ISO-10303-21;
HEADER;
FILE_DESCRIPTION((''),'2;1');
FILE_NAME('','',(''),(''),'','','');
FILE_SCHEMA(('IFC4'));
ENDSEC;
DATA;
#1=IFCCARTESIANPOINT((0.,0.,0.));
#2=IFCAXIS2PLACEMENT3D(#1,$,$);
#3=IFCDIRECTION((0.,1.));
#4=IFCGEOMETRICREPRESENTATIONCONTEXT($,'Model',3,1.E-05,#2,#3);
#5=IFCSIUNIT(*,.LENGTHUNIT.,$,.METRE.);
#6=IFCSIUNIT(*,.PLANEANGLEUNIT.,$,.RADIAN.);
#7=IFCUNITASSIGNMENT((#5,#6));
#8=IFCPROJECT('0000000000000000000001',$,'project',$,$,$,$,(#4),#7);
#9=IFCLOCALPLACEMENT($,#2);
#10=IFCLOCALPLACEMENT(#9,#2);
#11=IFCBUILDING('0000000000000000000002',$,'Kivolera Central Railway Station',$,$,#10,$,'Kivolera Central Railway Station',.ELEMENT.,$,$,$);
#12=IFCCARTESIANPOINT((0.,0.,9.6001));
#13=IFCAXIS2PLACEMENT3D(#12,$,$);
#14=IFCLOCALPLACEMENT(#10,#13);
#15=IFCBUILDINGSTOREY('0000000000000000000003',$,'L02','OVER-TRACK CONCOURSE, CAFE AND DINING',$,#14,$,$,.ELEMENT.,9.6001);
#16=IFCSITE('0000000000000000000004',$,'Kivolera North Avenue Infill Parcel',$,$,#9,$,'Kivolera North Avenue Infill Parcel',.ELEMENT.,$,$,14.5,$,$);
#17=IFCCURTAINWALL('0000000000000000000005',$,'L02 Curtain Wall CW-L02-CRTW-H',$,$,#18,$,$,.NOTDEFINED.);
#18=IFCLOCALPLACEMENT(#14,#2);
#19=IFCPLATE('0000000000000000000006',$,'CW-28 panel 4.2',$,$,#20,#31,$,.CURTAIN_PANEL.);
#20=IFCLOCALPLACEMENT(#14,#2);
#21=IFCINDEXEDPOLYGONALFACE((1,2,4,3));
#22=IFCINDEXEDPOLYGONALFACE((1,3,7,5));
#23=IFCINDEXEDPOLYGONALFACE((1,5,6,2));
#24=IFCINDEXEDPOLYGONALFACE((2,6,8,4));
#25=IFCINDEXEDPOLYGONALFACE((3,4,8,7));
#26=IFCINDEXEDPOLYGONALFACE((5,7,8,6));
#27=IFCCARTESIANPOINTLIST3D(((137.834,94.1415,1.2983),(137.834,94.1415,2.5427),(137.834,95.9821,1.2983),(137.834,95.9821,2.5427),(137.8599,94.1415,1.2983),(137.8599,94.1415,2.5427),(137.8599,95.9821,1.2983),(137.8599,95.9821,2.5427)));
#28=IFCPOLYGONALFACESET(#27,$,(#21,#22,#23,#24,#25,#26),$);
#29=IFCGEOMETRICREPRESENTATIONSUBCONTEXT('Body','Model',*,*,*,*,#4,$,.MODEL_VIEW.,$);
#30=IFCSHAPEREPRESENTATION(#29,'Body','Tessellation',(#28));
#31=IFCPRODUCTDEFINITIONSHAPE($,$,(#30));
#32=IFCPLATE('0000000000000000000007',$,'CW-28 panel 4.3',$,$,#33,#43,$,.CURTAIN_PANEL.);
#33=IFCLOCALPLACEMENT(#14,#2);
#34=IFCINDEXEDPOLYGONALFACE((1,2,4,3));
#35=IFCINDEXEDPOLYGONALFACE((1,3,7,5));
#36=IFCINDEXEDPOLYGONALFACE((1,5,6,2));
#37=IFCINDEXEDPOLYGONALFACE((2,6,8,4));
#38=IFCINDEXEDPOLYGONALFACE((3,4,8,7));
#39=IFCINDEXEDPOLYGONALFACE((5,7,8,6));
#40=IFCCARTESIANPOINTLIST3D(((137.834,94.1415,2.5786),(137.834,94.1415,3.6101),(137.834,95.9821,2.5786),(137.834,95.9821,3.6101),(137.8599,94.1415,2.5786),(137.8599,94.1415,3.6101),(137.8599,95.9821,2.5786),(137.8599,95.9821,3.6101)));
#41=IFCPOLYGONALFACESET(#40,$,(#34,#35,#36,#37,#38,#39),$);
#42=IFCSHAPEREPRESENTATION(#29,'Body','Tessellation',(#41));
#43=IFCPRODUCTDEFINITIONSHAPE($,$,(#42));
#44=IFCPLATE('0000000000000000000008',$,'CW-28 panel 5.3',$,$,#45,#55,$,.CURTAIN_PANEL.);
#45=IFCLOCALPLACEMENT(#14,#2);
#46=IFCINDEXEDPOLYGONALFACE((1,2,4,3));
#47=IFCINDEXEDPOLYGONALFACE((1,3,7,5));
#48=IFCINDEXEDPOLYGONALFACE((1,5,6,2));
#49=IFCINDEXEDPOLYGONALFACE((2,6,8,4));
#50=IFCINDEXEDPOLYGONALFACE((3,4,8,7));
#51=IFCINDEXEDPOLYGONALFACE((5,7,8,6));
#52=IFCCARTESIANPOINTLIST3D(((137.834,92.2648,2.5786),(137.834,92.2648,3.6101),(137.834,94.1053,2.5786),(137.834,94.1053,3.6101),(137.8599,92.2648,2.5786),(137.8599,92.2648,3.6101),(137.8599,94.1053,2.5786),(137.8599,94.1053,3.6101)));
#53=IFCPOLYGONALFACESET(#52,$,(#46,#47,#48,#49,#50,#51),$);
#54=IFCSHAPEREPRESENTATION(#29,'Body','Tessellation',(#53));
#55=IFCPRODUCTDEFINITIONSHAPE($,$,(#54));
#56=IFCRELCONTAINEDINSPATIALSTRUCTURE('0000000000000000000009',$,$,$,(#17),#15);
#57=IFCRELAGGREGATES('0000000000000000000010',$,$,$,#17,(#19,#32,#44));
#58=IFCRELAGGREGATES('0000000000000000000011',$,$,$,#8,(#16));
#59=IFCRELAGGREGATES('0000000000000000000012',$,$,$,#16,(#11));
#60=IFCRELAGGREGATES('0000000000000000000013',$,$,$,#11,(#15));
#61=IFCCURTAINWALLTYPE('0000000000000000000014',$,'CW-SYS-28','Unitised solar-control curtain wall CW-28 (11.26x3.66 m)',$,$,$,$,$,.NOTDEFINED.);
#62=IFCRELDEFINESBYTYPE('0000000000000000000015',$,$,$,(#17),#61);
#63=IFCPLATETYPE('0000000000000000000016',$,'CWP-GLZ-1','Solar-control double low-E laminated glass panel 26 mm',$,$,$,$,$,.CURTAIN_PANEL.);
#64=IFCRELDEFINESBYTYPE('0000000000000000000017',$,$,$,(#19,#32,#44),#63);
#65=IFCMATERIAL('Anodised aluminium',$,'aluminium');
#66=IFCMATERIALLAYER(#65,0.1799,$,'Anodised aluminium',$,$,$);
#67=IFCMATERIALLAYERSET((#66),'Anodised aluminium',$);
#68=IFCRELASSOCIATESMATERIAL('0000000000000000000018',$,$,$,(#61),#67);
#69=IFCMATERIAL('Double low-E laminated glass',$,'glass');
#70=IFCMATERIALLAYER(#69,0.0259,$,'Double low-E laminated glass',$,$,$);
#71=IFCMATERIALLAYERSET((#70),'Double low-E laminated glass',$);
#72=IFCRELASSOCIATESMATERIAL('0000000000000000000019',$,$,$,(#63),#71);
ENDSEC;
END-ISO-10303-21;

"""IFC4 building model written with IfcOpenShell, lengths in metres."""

from ifc_helpers import new_model, si_unit, direction, frame, origin, origin_2d, place, context, subcontext, project, spatial, rectangle, extrude, material, layer, layer_set, type_object, element, aggregate, save


model = new_model("IFC4")

# Units and contexts
model_context = context("Model", 3, precision=1e-05, world=origin(), true_north=direction((0.0, 1.0)))
body_context = subcontext(model_context, "Body", "Model", "MODEL_VIEW")
ifc_project = project(units=[si_unit("LENGTHUNIT", "METRE"), si_unit("PLANEANGLEUNIT", "RADIAN")], contexts=[model_context])

# Site, building, storey
site_placement = place(None, origin())
site = spatial("IfcSite", under=ifc_project, at=site_placement, Name="Kivolera North Avenue Infill Parcel", LongName="Kivolera North Avenue Infill Parcel", CompositionType="ELEMENT", RefElevation=14.5)
building_placement = place(site_placement, origin())
building = spatial("IfcBuilding", under=site, at=building_placement, Name="Kivolera Central Railway Station", LongName="Kivolera Central Railway Station", CompositionType="ELEMENT")
storey_placement = place(building_placement, frame((0.0, 0.0, 9.6001)))
storey = spatial("IfcBuildingStorey", under=building, at=storey_placement, Name="L02", Description="OVER-TRACK CONCOURSE, CAFE AND DINING", CompositionType="ELEMENT", Elevation=9.6001)

# Curtain wall, plates
ifc_material_1 = material(Name="Anodised aluminium", Category="aluminium")
ifc_layer_1 = layer(ifc_material_1, 0.1799, Name="Anodised aluminium")
ifc_layer_set_1 = layer_set([ifc_layer_1], Name="Anodised aluminium")
curtain_wall_type = type_object("IfcCurtainWallType", Name="CW-SYS-28", Description="Unitised solar-control curtain wall CW-28 (11.26x3.66 m)", PredefinedType="NOTDEFINED", material=ifc_layer_set_1)
curtain_wall_placement = place(storey_placement, origin())
curtain_wall = element("IfcCurtainWall", 1, at=curtain_wall_placement, inside=storey, type_object=curtain_wall_type, Name="L02 Curtain Wall CW-L02-CRTW-H", PredefinedType="NOTDEFINED")
ifc_material_2 = material(Name="Double low-E laminated glass", Category="glass")
ifc_layer_2 = layer(ifc_material_2, 0.0259, Name="Double low-E laminated glass")
ifc_layer_set_2 = layer_set([ifc_layer_2], Name="Double low-E laminated glass")
plate_type = type_object("IfcPlateType", Name="CWP-GLZ-1", Description="Solar-control double low-E laminated glass panel 26 mm", PredefinedType="CURTAIN_PANEL", material=ifc_layer_set_2)
plate_1_placement = place(storey_placement, frame((137.8469, 95.0618, 1.2983), z_axis=(0.0, 0.0, 1.0), x_axis=(0.0, -1.0, 0.0)))
plate_1 = element("IfcPlate", 2, at=plate_1_placement, type_object=plate_type, Name="CW-28 panel 4.2", PredefinedType="CURTAIN_PANEL", context=body_context, shape_type="SweptSolid", body=[
    extrude(rectangle(XDim=1.8406, YDim=0.0259, at=origin_2d()), origin(), (0.0, 0.0, 1.0), 1.2444),
])
plate_2_placement = place(storey_placement, frame((137.8469, 95.0618, 2.5786), z_axis=(0.0, 0.0, 1.0), x_axis=(0.0, -1.0, 0.0)))
plate_2 = element("IfcPlate", 3, at=plate_2_placement, type_object=plate_type, Name="CW-28 panel 4.3", PredefinedType="CURTAIN_PANEL", context=body_context, shape_type="SweptSolid", body=[
    extrude(rectangle(XDim=1.8406, YDim=0.0259, at=origin_2d()), origin(), (0.0, 0.0, 1.0), 1.0315),
])
plate_3_placement = place(storey_placement, frame((137.8469, 93.1851, 2.5786), z_axis=(0.0, 0.0, 1.0), x_axis=(0.0, -1.0, 0.0)))
plate_3 = element("IfcPlate", 4, at=plate_3_placement, type_object=plate_type, Name="CW-28 panel 5.3", PredefinedType="CURTAIN_PANEL", context=body_context, shape_type="SweptSolid", body=[
    extrude(rectangle(XDim=1.8406, YDim=0.0259, at=origin_2d()), origin(), (0.0, 0.0, 1.0), 1.0315),
])
aggregate(curtain_wall, [plate_1, plate_2, plate_3])

save(model, "model.ifc")
